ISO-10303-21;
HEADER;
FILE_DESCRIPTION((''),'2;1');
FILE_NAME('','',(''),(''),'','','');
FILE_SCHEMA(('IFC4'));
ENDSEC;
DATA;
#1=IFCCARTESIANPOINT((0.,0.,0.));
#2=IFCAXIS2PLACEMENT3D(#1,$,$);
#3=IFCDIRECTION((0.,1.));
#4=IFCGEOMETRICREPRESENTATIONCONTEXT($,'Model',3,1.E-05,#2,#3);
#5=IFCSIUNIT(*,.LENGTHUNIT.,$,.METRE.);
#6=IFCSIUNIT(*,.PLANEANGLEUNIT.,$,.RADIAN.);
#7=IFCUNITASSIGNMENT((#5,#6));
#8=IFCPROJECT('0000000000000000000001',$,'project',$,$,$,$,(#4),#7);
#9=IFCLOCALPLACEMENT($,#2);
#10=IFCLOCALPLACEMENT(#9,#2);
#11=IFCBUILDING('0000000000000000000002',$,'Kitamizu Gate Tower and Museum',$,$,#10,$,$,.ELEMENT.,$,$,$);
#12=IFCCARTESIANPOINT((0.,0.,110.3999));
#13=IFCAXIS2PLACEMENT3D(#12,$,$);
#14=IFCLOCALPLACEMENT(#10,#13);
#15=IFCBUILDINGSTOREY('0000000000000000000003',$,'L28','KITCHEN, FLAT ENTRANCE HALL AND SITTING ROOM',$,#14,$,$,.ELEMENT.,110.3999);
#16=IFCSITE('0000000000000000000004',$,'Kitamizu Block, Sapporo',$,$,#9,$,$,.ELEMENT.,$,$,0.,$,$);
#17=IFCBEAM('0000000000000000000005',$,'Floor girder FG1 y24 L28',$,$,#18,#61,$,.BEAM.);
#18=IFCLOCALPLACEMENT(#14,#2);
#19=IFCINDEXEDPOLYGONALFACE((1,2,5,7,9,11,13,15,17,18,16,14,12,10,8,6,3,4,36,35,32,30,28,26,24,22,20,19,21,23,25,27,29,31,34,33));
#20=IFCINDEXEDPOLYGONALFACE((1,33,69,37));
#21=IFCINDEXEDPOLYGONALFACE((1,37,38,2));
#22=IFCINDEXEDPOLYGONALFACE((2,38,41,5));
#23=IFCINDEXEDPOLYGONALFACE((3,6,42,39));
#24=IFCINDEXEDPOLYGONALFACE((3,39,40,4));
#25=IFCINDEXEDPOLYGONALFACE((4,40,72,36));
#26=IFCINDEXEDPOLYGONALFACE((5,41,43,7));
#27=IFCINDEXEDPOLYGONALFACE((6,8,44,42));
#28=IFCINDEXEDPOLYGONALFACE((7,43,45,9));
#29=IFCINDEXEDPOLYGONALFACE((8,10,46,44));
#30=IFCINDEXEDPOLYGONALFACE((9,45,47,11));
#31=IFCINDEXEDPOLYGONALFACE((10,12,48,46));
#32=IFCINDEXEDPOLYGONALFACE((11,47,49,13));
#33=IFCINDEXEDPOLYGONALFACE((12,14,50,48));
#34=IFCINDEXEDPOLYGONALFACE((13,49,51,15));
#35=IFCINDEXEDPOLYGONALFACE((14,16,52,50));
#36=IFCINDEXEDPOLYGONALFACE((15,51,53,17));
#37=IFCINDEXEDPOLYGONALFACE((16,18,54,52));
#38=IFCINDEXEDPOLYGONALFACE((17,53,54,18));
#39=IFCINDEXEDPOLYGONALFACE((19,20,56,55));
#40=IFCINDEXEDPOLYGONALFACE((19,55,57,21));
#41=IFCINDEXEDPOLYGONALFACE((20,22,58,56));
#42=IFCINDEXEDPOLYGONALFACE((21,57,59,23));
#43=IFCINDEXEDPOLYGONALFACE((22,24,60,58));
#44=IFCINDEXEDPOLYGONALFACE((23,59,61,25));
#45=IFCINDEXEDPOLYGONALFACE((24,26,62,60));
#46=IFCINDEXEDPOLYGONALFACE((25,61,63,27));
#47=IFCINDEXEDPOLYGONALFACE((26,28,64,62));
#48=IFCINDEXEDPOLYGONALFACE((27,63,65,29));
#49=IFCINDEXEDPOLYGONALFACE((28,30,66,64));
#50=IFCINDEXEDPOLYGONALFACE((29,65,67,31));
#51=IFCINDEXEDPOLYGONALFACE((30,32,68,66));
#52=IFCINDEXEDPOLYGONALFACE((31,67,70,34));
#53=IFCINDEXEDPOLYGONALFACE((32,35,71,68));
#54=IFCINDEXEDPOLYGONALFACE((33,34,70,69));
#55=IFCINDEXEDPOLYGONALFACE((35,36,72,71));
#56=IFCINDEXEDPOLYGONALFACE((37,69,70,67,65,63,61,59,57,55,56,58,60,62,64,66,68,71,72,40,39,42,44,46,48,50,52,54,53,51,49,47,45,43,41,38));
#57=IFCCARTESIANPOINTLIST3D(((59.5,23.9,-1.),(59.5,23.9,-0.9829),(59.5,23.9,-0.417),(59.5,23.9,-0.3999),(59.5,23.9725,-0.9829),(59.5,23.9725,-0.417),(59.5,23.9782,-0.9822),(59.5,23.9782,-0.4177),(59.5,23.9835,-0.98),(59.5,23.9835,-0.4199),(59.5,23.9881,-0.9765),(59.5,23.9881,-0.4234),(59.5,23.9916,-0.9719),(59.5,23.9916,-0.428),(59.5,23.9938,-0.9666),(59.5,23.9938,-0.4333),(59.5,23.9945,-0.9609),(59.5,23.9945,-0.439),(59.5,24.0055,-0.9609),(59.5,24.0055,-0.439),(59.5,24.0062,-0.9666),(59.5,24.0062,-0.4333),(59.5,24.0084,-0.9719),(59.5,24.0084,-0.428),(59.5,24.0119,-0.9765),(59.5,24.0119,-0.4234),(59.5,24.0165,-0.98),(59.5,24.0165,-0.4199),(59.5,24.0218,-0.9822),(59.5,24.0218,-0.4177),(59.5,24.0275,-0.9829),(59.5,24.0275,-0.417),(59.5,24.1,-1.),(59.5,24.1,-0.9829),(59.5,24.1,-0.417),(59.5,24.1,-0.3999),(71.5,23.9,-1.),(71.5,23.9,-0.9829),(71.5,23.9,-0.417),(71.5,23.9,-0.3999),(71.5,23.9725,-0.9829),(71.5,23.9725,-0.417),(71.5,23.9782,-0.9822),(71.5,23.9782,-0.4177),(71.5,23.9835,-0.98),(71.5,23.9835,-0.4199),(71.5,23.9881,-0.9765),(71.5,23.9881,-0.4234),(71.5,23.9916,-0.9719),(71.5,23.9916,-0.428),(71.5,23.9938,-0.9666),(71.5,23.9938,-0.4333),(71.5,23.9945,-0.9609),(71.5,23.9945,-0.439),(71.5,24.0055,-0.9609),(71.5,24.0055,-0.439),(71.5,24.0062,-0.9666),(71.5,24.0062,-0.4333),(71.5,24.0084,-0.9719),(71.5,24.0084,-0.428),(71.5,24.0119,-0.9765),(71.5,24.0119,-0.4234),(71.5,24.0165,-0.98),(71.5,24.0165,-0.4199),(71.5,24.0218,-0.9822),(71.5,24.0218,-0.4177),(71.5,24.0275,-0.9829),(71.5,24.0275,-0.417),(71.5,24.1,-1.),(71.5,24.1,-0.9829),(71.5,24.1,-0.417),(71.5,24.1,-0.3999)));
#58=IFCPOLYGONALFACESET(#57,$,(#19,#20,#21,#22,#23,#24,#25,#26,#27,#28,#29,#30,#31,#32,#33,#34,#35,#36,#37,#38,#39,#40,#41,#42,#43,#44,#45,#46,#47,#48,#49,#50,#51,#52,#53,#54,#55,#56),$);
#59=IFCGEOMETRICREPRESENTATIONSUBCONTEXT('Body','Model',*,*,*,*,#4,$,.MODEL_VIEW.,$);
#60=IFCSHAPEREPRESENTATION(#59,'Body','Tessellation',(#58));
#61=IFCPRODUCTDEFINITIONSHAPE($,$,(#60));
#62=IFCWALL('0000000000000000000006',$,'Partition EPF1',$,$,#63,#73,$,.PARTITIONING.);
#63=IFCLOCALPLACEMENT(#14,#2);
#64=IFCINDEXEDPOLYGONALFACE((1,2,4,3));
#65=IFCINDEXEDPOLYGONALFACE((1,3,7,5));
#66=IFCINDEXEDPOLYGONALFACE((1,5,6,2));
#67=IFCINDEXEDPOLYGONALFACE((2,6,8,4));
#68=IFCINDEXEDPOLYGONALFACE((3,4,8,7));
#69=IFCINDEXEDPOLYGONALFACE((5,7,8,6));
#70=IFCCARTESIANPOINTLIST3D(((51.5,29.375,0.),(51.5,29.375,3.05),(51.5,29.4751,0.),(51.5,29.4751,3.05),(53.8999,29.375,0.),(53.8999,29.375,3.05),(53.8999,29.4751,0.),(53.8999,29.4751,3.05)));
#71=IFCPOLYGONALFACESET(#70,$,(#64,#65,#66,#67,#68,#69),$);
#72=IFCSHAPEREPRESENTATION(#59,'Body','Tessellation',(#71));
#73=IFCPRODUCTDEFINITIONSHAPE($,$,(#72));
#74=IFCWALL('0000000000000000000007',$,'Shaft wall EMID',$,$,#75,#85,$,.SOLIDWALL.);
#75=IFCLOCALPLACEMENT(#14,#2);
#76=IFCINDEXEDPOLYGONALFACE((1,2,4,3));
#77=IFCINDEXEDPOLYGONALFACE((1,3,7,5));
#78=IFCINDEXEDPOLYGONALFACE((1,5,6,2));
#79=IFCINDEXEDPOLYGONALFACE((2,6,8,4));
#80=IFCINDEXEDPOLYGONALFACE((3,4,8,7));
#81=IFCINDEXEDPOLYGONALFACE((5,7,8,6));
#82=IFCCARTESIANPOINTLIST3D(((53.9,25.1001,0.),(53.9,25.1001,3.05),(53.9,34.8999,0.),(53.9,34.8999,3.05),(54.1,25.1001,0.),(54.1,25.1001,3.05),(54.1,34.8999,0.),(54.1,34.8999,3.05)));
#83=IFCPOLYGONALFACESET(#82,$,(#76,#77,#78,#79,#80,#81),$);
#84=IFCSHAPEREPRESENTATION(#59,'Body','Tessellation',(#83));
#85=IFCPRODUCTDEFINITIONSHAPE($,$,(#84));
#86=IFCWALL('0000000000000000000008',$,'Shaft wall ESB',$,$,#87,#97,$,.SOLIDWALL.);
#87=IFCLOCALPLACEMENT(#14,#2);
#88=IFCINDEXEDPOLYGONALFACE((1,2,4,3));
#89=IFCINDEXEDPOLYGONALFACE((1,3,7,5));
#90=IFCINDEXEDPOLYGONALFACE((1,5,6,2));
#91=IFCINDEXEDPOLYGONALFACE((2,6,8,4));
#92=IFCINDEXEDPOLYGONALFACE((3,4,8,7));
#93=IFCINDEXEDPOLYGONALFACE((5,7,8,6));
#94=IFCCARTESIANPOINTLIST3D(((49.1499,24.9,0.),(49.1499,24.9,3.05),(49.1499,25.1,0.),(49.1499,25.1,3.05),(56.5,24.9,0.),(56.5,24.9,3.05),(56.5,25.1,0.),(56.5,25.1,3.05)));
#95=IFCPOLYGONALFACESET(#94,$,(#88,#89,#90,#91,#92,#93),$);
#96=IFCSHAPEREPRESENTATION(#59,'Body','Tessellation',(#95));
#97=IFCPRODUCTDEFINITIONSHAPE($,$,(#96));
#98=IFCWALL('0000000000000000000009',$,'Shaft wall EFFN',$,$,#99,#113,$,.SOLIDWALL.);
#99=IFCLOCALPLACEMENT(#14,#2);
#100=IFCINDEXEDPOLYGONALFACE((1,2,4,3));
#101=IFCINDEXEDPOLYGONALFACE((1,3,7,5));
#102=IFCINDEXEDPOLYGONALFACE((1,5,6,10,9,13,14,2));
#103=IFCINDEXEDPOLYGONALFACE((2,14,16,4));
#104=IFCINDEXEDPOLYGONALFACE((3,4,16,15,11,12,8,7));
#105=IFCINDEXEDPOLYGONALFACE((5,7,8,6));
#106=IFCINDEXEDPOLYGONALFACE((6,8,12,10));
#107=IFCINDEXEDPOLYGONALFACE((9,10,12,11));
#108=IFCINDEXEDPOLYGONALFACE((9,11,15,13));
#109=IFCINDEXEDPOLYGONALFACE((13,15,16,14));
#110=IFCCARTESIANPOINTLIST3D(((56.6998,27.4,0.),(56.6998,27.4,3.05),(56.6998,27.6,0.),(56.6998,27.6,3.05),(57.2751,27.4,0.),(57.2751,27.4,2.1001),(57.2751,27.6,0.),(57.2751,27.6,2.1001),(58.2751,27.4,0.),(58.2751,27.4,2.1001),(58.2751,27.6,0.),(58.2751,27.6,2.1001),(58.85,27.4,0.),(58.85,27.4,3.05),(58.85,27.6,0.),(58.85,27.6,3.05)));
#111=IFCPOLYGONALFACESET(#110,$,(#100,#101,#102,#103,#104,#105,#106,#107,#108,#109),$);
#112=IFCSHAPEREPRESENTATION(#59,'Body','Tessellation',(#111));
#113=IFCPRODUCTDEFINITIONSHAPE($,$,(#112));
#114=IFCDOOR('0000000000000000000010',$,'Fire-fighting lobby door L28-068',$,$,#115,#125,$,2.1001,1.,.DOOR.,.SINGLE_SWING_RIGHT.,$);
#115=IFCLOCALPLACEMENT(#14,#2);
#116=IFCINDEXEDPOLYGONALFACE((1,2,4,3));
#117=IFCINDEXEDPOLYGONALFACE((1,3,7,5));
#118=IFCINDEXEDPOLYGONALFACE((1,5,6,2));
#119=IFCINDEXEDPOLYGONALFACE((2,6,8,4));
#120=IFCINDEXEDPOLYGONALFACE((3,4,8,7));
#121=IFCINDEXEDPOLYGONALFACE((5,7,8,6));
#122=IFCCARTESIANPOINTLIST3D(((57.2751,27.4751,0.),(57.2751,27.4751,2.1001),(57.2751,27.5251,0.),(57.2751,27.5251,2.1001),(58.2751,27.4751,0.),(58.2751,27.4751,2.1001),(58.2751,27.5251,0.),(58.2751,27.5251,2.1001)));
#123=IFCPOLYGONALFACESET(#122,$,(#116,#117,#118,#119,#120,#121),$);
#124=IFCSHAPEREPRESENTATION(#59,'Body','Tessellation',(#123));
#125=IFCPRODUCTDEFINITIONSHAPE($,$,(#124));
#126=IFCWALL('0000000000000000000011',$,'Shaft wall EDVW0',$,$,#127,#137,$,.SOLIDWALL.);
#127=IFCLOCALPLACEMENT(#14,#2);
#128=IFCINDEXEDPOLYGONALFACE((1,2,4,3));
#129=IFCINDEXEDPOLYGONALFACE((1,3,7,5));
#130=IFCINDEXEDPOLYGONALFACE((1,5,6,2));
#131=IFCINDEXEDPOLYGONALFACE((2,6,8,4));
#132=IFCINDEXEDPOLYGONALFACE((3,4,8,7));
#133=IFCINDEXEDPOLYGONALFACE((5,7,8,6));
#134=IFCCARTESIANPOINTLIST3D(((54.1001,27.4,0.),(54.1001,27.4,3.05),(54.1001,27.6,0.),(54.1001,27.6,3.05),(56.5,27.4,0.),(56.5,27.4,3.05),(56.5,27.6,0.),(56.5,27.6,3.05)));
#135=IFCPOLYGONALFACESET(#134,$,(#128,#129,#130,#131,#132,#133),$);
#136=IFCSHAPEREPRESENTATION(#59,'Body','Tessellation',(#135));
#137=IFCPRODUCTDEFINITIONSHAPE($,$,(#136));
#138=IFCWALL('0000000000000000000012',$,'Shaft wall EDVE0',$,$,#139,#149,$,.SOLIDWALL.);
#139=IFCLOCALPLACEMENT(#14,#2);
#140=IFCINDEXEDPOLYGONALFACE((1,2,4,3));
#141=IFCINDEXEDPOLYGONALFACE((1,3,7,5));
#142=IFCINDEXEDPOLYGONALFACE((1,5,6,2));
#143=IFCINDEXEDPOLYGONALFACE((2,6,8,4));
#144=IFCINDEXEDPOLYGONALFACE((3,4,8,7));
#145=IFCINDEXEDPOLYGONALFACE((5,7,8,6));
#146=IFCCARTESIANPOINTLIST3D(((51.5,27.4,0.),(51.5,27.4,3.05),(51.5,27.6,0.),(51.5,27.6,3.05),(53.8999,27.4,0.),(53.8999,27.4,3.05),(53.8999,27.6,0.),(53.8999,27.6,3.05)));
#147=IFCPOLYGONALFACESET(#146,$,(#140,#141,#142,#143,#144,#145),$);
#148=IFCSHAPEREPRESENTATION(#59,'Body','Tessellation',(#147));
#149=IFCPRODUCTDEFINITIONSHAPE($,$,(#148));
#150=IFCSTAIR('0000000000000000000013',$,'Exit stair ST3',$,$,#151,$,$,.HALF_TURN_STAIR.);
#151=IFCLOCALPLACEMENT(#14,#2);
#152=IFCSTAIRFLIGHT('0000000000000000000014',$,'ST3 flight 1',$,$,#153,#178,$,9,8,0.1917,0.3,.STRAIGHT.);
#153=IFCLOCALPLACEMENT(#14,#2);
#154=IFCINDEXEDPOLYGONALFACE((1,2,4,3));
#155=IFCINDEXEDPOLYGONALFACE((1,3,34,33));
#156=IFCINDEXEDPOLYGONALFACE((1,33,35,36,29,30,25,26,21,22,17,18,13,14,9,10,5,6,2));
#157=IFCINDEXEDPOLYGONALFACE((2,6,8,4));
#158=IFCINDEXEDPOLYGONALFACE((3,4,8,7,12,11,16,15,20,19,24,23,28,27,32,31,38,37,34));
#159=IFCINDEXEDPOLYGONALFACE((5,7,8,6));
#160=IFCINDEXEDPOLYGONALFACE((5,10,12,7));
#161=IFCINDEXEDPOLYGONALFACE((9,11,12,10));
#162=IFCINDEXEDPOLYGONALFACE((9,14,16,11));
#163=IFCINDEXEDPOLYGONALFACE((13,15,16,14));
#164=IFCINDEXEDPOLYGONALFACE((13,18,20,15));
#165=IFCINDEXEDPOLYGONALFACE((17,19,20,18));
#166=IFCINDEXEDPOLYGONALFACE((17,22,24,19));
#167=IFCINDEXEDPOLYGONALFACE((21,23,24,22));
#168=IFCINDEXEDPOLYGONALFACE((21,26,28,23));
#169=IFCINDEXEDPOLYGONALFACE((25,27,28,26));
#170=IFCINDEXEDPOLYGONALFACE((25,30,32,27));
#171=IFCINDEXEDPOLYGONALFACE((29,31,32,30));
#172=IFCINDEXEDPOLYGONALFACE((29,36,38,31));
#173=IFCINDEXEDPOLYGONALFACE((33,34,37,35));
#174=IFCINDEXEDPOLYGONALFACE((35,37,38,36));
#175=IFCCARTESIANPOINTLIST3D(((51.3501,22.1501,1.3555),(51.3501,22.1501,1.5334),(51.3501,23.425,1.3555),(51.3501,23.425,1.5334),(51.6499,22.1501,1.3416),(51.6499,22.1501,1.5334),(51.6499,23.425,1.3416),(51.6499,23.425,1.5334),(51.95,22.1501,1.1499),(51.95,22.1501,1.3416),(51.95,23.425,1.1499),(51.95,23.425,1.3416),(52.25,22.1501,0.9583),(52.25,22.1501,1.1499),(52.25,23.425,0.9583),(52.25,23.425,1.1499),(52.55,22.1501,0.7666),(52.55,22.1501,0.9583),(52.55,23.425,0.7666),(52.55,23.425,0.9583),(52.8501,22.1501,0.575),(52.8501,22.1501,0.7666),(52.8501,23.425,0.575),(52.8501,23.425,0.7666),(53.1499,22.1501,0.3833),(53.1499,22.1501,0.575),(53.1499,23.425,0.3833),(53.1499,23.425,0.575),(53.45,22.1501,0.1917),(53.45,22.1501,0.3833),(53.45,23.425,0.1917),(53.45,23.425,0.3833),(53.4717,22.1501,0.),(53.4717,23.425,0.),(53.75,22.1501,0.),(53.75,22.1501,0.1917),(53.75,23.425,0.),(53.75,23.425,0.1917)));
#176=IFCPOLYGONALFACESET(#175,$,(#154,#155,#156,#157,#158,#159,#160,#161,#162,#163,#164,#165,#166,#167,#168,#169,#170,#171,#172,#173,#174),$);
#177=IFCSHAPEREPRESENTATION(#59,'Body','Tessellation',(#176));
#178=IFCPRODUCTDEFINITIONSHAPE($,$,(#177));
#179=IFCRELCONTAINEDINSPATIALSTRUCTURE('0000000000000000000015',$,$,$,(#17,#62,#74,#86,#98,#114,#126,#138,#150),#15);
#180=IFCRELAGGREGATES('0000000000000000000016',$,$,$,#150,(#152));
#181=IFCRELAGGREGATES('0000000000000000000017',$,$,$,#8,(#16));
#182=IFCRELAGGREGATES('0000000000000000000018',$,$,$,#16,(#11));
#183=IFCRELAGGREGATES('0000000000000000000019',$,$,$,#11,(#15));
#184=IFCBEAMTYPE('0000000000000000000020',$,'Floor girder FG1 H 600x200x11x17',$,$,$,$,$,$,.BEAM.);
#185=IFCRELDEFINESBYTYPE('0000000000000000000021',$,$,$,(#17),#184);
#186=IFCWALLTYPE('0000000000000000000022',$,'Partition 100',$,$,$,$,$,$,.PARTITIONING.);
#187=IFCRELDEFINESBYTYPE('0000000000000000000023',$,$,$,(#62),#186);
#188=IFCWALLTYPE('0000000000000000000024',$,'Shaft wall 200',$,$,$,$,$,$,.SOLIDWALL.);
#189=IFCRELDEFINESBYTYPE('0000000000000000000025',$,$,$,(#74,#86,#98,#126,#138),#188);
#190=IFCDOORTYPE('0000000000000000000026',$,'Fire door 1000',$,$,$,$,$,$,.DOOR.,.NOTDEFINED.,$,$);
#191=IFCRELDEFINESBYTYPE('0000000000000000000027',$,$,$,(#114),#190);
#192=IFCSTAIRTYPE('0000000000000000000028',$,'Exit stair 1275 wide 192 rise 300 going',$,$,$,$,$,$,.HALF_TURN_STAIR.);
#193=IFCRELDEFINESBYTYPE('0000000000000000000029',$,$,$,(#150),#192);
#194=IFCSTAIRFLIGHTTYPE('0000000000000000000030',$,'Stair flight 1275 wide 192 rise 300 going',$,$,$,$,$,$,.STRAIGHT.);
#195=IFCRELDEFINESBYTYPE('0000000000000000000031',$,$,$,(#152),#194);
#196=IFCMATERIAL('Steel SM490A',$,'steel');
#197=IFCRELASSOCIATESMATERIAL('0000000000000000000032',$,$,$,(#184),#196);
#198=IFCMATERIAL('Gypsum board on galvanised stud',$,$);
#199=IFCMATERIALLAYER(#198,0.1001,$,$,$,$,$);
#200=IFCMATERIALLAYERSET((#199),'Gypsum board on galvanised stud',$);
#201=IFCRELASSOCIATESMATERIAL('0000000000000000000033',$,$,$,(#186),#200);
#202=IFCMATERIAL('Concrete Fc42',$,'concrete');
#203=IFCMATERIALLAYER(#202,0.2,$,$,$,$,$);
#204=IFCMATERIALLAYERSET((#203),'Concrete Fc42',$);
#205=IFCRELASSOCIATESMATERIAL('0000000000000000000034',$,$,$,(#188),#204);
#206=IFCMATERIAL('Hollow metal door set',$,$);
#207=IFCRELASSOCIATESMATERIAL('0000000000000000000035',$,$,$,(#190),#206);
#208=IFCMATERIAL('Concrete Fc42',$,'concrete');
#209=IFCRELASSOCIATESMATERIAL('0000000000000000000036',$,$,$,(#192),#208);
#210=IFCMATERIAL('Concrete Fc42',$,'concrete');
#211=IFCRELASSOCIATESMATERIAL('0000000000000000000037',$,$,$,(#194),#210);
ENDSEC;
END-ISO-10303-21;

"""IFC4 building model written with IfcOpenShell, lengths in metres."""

from ifc_helpers import new_model, si_unit, direction, frame, frame_2d, origin, origin_2d, place, context, subcontext, project, spatial, polyline, rectangle, i_section, outline, extrude, material, layer, layer_set, material_profile, profile_set, type_object, element, fill, aggregate, save


model = new_model("IFC4")

# Units and contexts
model_context = context("Model", 3, precision=1e-05, world=origin(), true_north=direction((0.0, 1.0)))
body_context = subcontext(model_context, "Body", "Model", "MODEL_VIEW")
ifc_project = project(units=[si_unit("LENGTHUNIT", "METRE"), si_unit("PLANEANGLEUNIT", "RADIAN")], contexts=[model_context])

# Site, building, storey
site_placement = place(None, origin())
site = spatial("IfcSite", under=ifc_project, at=site_placement, Name="Kitamizu Block, Sapporo", CompositionType="ELEMENT", RefElevation=0.0)
building_placement = place(site_placement, origin())
building = spatial("IfcBuilding", under=site, at=building_placement, Name="Kitamizu Gate Tower and Museum", CompositionType="ELEMENT")
storey_placement = place(building_placement, frame((0.0, 0.0, 110.3999)))
storey = spatial("IfcBuildingStorey", under=building, at=storey_placement, Name="L28", Description="KITCHEN, FLAT ENTRANCE HALL AND SITTING ROOM", CompositionType="ELEMENT", Elevation=110.3999)

# Beam
ifc_material_1 = material(Name="Steel SM490A", Category="steel")
ifc_material_profile = material_profile(ifc_material_1, i_section(OverallWidth=0.2, OverallDepth=0.6001, WebThickness=0.011, FlangeThickness=0.0171, FilletRadius=0.022, at=origin_2d()), Name="H-600x200x11x17")
ifc_profile_set = profile_set([ifc_material_profile], Name="Steel SM490A")
beam_type = type_object("IfcBeamType", Name="Floor girder FG1 H 600x200x11x17", PredefinedType="BEAM", material=ifc_profile_set)
beam_placement = place(storey_placement, frame((59.5, 24.0, -0.7), z_axis=(1.0, 0.0, 0.0), x_axis=(0.0, 1.0, 0.0)))
element("IfcBeam", 1, at=beam_placement, inside=storey, type_object=beam_type, Name="Floor girder FG1 y24 L28", PredefinedType="BEAM", context=body_context, shape_type="SweptSolid", body=[
    extrude(i_section(OverallWidth=0.2, OverallDepth=0.6001, WebThickness=0.011, FlangeThickness=0.0171, FilletRadius=0.022, at=origin_2d()), origin(), (0.0, 0.0, 1.0), 12.0),
])

# Walls
ifc_material_2 = material(Name="Gypsum board on galvanised stud")
ifc_layer_1 = layer(ifc_material_2, 0.1001)
ifc_layer_set_1 = layer_set([ifc_layer_1], Name="Gypsum board on galvanised stud")
wall_type_1 = type_object("IfcWallType", Name="Partition 100", PredefinedType="PARTITIONING", material=ifc_layer_set_1)
wall_1_placement = place(storey_placement, frame((53.8999, 29.425, 0.0), z_axis=(0.0, 0.0, 1.0), x_axis=(-1.0, 0.0, 0.0)))
element("IfcWall", 2, at=wall_1_placement, inside=storey, type_object=wall_type_1, Name="Partition EPF1", PredefinedType="PARTITIONING", context=body_context, shape_type="SweptSolid", body=[
    extrude(rectangle(XDim=2.3999, YDim=0.1001, at=frame_2d((1.2, 0.0))), origin(), (0.0, 0.0, 1.0), 3.05),
])
ifc_material_3 = material(Name="Concrete Fc42", Category="concrete")
ifc_layer_2 = layer(ifc_material_3, 0.2)
ifc_layer_set_2 = layer_set([ifc_layer_2], Name="Concrete Fc42")
wall_type_2 = type_object("IfcWallType", Name="Shaft wall 200", PredefinedType="SOLIDWALL", material=ifc_layer_set_2)
wall_2_placement = place(storey_placement, frame((54.0, 25.1001, 0.0), z_axis=(0.0, 0.0, 1.0), x_axis=(0.0, 1.0, 0.0)))
element("IfcWall", 3, at=wall_2_placement, inside=storey, type_object=wall_type_2, Name="Shaft wall EMID", PredefinedType="SOLIDWALL", context=body_context, shape_type="SweptSolid", body=[
    extrude(rectangle(XDim=9.7998, YDim=0.2, at=frame_2d((4.8999, 0.0))), origin(), (0.0, 0.0, 1.0), 3.05),
])
wall_3_placement = place(storey_placement, frame((56.5, 25.0, 0.0), z_axis=(0.0, 0.0, 1.0), x_axis=(-1.0, 0.0, 0.0)))
element("IfcWall", 4, at=wall_3_placement, inside=storey, type_object=wall_type_2, Name="Shaft wall ESB", PredefinedType="SOLIDWALL", context=body_context, shape_type="SweptSolid", body=[
    extrude(rectangle(XDim=7.3501, YDim=0.2, at=frame_2d((3.675, 0.0))), origin(), (0.0, 0.0, 1.0), 3.05),
])

# Wall, opening, door
wall_4_placement = place(storey_placement, frame((58.8501, 27.5, 0.0), z_axis=(0.0, 0.0, 1.0), x_axis=(-1.0, 0.0, 0.0)))
wall_4 = element("IfcWall", 5, at=wall_4_placement, inside=storey, type_object=wall_type_2, Name="Shaft wall EFFN", PredefinedType="SOLIDWALL", context=body_context, shape_type="SweptSolid", body=[
    extrude(rectangle(XDim=2.1501, YDim=0.2, at=frame_2d((1.0752, 0.0))), origin(), (0.0, 0.0, 1.0), 3.05),
])
opening_placement = place(wall_4_placement, frame((0.575, 0.0, 0.0)))
opening = element("IfcOpeningElement", 6, at=opening_placement, cuts=wall_4, PredefinedType="OPENING", context=body_context, shape_type="SweptSolid", body=[
    extrude(rectangle(XDim=1.0, YDim=2.1001, at=frame_2d((0.5, 1.05))), frame((0.0, 0.1099, 0.0), z_axis=(0.0, -1.0, 0.0), x_axis=(1.0, 0.0, 0.0)), (0.0, 0.0, 1.0), 0.22),
])
ifc_material_4 = material(Name="Hollow metal door set")
door_type = type_object("IfcDoorType", Name="Fire door 1000", OperationType="NOTDEFINED", PredefinedType="DOOR", material=ifc_material_4)
door_placement = place(opening_placement, origin())
door = element("IfcDoor", 7, at=door_placement, inside=storey, type_object=door_type, Name="Fire-fighting lobby door L28-068", OperationType="SINGLE_SWING_RIGHT", OverallHeight=2.1001, OverallWidth=1.0, PredefinedType="DOOR", context=body_context, shape_type="SweptSolid", body=[
    extrude(rectangle(XDim=1.0, YDim=2.1001, at=frame_2d((0.5, 1.05))), frame((0.0, 0.0249, 0.0), z_axis=(0.0, -1.0, 0.0), x_axis=(1.0, 0.0, 0.0)), (0.0, 0.0, 1.0), 0.05),
])
fill(opening, door)

# Walls
for number, where, z_axis, x_axis, name in (
    (8, (56.5, 27.5, 0.0), (0.0, 0.0, 1.0), (-1.0, 0.0, 0.0), "Shaft wall EDVW0"),
    (9, (53.8999, 27.5, 0.0), (0.0, 0.0, 1.0), (-1.0, 0.0, 0.0), "Shaft wall EDVE0"),
):
    element("IfcWall", number, at=place(storey_placement, frame(where, z_axis=z_axis, x_axis=x_axis)), inside=storey, type_object=wall_type_2, Name=name, PredefinedType="SOLIDWALL", context=body_context, shape_type="SweptSolid", body=[
        extrude(rectangle(XDim=2.3999, YDim=0.2, at=frame_2d((1.2, 0.0))), origin(), (0.0, 0.0, 1.0), 3.05),
    ])

# Stair, stair flight
ifc_material_5 = material(Name="Concrete Fc42", Category="concrete")
stair_type = type_object("IfcStairType", Name="Exit stair 1275 wide 192 rise 300 going", PredefinedType="HALF_TURN_STAIR", material=ifc_material_5)
stair_placement = place(storey_placement, origin())
stair = element("IfcStair", 10, at=stair_placement, inside=storey, type_object=stair_type, Name="Exit stair ST3", PredefinedType="HALF_TURN_STAIR")
ifc_material_6 = material(Name="Concrete Fc42", Category="concrete")
stair_flight_type = type_object("IfcStairFlightType", Name="Stair flight 1275 wide 192 rise 300 going", PredefinedType="STRAIGHT", material=ifc_material_6)
stair_flight_placement = place(storey_placement, frame((53.75, 22.7876, 0.0), z_axis=(0.0, 0.0, 1.0), x_axis=(-1.0, 0.0, 0.0)))
stair_flight = element("IfcStairFlight", 11, at=stair_flight_placement, type_object=stair_flight_type, Name="ST3 flight 1", NumberOfRisers=9, NumberOfTreads=8, PredefinedType="STRAIGHT", RiserHeight=0.1917, TreadLength=0.3, context=body_context, shape_type="SweptSolid", body=[
    extrude(outline(polyline([(0.0, 0.0), (0.0, 0.1917), (0.3, 0.1917), (0.3, 0.3833), (0.6001, 0.3833), (0.6001, 0.575), (0.8999, 0.575), (0.8999, 0.7666), (1.2, 0.7666), (1.2, 0.9583), (1.5, 0.9583), (1.5, 1.1499), (1.8, 1.1499), (1.8, 1.3416), (2.1001, 1.3416), (2.1001, 1.5334), (2.3999, 1.5334), (2.3999, 1.7251), (2.3999, 1.3555), (0.2783, 0.0), (0.0, 0.0)])), frame((0.0, 0.6375, 0.0), z_axis=(0.0, -1.0, 0.0), x_axis=(1.0, 0.0, 0.0)), (0.0, 0.0, 1.0), 1.2749),
])
aggregate(stair, [stair_flight])

save(model, "model.ifc")
